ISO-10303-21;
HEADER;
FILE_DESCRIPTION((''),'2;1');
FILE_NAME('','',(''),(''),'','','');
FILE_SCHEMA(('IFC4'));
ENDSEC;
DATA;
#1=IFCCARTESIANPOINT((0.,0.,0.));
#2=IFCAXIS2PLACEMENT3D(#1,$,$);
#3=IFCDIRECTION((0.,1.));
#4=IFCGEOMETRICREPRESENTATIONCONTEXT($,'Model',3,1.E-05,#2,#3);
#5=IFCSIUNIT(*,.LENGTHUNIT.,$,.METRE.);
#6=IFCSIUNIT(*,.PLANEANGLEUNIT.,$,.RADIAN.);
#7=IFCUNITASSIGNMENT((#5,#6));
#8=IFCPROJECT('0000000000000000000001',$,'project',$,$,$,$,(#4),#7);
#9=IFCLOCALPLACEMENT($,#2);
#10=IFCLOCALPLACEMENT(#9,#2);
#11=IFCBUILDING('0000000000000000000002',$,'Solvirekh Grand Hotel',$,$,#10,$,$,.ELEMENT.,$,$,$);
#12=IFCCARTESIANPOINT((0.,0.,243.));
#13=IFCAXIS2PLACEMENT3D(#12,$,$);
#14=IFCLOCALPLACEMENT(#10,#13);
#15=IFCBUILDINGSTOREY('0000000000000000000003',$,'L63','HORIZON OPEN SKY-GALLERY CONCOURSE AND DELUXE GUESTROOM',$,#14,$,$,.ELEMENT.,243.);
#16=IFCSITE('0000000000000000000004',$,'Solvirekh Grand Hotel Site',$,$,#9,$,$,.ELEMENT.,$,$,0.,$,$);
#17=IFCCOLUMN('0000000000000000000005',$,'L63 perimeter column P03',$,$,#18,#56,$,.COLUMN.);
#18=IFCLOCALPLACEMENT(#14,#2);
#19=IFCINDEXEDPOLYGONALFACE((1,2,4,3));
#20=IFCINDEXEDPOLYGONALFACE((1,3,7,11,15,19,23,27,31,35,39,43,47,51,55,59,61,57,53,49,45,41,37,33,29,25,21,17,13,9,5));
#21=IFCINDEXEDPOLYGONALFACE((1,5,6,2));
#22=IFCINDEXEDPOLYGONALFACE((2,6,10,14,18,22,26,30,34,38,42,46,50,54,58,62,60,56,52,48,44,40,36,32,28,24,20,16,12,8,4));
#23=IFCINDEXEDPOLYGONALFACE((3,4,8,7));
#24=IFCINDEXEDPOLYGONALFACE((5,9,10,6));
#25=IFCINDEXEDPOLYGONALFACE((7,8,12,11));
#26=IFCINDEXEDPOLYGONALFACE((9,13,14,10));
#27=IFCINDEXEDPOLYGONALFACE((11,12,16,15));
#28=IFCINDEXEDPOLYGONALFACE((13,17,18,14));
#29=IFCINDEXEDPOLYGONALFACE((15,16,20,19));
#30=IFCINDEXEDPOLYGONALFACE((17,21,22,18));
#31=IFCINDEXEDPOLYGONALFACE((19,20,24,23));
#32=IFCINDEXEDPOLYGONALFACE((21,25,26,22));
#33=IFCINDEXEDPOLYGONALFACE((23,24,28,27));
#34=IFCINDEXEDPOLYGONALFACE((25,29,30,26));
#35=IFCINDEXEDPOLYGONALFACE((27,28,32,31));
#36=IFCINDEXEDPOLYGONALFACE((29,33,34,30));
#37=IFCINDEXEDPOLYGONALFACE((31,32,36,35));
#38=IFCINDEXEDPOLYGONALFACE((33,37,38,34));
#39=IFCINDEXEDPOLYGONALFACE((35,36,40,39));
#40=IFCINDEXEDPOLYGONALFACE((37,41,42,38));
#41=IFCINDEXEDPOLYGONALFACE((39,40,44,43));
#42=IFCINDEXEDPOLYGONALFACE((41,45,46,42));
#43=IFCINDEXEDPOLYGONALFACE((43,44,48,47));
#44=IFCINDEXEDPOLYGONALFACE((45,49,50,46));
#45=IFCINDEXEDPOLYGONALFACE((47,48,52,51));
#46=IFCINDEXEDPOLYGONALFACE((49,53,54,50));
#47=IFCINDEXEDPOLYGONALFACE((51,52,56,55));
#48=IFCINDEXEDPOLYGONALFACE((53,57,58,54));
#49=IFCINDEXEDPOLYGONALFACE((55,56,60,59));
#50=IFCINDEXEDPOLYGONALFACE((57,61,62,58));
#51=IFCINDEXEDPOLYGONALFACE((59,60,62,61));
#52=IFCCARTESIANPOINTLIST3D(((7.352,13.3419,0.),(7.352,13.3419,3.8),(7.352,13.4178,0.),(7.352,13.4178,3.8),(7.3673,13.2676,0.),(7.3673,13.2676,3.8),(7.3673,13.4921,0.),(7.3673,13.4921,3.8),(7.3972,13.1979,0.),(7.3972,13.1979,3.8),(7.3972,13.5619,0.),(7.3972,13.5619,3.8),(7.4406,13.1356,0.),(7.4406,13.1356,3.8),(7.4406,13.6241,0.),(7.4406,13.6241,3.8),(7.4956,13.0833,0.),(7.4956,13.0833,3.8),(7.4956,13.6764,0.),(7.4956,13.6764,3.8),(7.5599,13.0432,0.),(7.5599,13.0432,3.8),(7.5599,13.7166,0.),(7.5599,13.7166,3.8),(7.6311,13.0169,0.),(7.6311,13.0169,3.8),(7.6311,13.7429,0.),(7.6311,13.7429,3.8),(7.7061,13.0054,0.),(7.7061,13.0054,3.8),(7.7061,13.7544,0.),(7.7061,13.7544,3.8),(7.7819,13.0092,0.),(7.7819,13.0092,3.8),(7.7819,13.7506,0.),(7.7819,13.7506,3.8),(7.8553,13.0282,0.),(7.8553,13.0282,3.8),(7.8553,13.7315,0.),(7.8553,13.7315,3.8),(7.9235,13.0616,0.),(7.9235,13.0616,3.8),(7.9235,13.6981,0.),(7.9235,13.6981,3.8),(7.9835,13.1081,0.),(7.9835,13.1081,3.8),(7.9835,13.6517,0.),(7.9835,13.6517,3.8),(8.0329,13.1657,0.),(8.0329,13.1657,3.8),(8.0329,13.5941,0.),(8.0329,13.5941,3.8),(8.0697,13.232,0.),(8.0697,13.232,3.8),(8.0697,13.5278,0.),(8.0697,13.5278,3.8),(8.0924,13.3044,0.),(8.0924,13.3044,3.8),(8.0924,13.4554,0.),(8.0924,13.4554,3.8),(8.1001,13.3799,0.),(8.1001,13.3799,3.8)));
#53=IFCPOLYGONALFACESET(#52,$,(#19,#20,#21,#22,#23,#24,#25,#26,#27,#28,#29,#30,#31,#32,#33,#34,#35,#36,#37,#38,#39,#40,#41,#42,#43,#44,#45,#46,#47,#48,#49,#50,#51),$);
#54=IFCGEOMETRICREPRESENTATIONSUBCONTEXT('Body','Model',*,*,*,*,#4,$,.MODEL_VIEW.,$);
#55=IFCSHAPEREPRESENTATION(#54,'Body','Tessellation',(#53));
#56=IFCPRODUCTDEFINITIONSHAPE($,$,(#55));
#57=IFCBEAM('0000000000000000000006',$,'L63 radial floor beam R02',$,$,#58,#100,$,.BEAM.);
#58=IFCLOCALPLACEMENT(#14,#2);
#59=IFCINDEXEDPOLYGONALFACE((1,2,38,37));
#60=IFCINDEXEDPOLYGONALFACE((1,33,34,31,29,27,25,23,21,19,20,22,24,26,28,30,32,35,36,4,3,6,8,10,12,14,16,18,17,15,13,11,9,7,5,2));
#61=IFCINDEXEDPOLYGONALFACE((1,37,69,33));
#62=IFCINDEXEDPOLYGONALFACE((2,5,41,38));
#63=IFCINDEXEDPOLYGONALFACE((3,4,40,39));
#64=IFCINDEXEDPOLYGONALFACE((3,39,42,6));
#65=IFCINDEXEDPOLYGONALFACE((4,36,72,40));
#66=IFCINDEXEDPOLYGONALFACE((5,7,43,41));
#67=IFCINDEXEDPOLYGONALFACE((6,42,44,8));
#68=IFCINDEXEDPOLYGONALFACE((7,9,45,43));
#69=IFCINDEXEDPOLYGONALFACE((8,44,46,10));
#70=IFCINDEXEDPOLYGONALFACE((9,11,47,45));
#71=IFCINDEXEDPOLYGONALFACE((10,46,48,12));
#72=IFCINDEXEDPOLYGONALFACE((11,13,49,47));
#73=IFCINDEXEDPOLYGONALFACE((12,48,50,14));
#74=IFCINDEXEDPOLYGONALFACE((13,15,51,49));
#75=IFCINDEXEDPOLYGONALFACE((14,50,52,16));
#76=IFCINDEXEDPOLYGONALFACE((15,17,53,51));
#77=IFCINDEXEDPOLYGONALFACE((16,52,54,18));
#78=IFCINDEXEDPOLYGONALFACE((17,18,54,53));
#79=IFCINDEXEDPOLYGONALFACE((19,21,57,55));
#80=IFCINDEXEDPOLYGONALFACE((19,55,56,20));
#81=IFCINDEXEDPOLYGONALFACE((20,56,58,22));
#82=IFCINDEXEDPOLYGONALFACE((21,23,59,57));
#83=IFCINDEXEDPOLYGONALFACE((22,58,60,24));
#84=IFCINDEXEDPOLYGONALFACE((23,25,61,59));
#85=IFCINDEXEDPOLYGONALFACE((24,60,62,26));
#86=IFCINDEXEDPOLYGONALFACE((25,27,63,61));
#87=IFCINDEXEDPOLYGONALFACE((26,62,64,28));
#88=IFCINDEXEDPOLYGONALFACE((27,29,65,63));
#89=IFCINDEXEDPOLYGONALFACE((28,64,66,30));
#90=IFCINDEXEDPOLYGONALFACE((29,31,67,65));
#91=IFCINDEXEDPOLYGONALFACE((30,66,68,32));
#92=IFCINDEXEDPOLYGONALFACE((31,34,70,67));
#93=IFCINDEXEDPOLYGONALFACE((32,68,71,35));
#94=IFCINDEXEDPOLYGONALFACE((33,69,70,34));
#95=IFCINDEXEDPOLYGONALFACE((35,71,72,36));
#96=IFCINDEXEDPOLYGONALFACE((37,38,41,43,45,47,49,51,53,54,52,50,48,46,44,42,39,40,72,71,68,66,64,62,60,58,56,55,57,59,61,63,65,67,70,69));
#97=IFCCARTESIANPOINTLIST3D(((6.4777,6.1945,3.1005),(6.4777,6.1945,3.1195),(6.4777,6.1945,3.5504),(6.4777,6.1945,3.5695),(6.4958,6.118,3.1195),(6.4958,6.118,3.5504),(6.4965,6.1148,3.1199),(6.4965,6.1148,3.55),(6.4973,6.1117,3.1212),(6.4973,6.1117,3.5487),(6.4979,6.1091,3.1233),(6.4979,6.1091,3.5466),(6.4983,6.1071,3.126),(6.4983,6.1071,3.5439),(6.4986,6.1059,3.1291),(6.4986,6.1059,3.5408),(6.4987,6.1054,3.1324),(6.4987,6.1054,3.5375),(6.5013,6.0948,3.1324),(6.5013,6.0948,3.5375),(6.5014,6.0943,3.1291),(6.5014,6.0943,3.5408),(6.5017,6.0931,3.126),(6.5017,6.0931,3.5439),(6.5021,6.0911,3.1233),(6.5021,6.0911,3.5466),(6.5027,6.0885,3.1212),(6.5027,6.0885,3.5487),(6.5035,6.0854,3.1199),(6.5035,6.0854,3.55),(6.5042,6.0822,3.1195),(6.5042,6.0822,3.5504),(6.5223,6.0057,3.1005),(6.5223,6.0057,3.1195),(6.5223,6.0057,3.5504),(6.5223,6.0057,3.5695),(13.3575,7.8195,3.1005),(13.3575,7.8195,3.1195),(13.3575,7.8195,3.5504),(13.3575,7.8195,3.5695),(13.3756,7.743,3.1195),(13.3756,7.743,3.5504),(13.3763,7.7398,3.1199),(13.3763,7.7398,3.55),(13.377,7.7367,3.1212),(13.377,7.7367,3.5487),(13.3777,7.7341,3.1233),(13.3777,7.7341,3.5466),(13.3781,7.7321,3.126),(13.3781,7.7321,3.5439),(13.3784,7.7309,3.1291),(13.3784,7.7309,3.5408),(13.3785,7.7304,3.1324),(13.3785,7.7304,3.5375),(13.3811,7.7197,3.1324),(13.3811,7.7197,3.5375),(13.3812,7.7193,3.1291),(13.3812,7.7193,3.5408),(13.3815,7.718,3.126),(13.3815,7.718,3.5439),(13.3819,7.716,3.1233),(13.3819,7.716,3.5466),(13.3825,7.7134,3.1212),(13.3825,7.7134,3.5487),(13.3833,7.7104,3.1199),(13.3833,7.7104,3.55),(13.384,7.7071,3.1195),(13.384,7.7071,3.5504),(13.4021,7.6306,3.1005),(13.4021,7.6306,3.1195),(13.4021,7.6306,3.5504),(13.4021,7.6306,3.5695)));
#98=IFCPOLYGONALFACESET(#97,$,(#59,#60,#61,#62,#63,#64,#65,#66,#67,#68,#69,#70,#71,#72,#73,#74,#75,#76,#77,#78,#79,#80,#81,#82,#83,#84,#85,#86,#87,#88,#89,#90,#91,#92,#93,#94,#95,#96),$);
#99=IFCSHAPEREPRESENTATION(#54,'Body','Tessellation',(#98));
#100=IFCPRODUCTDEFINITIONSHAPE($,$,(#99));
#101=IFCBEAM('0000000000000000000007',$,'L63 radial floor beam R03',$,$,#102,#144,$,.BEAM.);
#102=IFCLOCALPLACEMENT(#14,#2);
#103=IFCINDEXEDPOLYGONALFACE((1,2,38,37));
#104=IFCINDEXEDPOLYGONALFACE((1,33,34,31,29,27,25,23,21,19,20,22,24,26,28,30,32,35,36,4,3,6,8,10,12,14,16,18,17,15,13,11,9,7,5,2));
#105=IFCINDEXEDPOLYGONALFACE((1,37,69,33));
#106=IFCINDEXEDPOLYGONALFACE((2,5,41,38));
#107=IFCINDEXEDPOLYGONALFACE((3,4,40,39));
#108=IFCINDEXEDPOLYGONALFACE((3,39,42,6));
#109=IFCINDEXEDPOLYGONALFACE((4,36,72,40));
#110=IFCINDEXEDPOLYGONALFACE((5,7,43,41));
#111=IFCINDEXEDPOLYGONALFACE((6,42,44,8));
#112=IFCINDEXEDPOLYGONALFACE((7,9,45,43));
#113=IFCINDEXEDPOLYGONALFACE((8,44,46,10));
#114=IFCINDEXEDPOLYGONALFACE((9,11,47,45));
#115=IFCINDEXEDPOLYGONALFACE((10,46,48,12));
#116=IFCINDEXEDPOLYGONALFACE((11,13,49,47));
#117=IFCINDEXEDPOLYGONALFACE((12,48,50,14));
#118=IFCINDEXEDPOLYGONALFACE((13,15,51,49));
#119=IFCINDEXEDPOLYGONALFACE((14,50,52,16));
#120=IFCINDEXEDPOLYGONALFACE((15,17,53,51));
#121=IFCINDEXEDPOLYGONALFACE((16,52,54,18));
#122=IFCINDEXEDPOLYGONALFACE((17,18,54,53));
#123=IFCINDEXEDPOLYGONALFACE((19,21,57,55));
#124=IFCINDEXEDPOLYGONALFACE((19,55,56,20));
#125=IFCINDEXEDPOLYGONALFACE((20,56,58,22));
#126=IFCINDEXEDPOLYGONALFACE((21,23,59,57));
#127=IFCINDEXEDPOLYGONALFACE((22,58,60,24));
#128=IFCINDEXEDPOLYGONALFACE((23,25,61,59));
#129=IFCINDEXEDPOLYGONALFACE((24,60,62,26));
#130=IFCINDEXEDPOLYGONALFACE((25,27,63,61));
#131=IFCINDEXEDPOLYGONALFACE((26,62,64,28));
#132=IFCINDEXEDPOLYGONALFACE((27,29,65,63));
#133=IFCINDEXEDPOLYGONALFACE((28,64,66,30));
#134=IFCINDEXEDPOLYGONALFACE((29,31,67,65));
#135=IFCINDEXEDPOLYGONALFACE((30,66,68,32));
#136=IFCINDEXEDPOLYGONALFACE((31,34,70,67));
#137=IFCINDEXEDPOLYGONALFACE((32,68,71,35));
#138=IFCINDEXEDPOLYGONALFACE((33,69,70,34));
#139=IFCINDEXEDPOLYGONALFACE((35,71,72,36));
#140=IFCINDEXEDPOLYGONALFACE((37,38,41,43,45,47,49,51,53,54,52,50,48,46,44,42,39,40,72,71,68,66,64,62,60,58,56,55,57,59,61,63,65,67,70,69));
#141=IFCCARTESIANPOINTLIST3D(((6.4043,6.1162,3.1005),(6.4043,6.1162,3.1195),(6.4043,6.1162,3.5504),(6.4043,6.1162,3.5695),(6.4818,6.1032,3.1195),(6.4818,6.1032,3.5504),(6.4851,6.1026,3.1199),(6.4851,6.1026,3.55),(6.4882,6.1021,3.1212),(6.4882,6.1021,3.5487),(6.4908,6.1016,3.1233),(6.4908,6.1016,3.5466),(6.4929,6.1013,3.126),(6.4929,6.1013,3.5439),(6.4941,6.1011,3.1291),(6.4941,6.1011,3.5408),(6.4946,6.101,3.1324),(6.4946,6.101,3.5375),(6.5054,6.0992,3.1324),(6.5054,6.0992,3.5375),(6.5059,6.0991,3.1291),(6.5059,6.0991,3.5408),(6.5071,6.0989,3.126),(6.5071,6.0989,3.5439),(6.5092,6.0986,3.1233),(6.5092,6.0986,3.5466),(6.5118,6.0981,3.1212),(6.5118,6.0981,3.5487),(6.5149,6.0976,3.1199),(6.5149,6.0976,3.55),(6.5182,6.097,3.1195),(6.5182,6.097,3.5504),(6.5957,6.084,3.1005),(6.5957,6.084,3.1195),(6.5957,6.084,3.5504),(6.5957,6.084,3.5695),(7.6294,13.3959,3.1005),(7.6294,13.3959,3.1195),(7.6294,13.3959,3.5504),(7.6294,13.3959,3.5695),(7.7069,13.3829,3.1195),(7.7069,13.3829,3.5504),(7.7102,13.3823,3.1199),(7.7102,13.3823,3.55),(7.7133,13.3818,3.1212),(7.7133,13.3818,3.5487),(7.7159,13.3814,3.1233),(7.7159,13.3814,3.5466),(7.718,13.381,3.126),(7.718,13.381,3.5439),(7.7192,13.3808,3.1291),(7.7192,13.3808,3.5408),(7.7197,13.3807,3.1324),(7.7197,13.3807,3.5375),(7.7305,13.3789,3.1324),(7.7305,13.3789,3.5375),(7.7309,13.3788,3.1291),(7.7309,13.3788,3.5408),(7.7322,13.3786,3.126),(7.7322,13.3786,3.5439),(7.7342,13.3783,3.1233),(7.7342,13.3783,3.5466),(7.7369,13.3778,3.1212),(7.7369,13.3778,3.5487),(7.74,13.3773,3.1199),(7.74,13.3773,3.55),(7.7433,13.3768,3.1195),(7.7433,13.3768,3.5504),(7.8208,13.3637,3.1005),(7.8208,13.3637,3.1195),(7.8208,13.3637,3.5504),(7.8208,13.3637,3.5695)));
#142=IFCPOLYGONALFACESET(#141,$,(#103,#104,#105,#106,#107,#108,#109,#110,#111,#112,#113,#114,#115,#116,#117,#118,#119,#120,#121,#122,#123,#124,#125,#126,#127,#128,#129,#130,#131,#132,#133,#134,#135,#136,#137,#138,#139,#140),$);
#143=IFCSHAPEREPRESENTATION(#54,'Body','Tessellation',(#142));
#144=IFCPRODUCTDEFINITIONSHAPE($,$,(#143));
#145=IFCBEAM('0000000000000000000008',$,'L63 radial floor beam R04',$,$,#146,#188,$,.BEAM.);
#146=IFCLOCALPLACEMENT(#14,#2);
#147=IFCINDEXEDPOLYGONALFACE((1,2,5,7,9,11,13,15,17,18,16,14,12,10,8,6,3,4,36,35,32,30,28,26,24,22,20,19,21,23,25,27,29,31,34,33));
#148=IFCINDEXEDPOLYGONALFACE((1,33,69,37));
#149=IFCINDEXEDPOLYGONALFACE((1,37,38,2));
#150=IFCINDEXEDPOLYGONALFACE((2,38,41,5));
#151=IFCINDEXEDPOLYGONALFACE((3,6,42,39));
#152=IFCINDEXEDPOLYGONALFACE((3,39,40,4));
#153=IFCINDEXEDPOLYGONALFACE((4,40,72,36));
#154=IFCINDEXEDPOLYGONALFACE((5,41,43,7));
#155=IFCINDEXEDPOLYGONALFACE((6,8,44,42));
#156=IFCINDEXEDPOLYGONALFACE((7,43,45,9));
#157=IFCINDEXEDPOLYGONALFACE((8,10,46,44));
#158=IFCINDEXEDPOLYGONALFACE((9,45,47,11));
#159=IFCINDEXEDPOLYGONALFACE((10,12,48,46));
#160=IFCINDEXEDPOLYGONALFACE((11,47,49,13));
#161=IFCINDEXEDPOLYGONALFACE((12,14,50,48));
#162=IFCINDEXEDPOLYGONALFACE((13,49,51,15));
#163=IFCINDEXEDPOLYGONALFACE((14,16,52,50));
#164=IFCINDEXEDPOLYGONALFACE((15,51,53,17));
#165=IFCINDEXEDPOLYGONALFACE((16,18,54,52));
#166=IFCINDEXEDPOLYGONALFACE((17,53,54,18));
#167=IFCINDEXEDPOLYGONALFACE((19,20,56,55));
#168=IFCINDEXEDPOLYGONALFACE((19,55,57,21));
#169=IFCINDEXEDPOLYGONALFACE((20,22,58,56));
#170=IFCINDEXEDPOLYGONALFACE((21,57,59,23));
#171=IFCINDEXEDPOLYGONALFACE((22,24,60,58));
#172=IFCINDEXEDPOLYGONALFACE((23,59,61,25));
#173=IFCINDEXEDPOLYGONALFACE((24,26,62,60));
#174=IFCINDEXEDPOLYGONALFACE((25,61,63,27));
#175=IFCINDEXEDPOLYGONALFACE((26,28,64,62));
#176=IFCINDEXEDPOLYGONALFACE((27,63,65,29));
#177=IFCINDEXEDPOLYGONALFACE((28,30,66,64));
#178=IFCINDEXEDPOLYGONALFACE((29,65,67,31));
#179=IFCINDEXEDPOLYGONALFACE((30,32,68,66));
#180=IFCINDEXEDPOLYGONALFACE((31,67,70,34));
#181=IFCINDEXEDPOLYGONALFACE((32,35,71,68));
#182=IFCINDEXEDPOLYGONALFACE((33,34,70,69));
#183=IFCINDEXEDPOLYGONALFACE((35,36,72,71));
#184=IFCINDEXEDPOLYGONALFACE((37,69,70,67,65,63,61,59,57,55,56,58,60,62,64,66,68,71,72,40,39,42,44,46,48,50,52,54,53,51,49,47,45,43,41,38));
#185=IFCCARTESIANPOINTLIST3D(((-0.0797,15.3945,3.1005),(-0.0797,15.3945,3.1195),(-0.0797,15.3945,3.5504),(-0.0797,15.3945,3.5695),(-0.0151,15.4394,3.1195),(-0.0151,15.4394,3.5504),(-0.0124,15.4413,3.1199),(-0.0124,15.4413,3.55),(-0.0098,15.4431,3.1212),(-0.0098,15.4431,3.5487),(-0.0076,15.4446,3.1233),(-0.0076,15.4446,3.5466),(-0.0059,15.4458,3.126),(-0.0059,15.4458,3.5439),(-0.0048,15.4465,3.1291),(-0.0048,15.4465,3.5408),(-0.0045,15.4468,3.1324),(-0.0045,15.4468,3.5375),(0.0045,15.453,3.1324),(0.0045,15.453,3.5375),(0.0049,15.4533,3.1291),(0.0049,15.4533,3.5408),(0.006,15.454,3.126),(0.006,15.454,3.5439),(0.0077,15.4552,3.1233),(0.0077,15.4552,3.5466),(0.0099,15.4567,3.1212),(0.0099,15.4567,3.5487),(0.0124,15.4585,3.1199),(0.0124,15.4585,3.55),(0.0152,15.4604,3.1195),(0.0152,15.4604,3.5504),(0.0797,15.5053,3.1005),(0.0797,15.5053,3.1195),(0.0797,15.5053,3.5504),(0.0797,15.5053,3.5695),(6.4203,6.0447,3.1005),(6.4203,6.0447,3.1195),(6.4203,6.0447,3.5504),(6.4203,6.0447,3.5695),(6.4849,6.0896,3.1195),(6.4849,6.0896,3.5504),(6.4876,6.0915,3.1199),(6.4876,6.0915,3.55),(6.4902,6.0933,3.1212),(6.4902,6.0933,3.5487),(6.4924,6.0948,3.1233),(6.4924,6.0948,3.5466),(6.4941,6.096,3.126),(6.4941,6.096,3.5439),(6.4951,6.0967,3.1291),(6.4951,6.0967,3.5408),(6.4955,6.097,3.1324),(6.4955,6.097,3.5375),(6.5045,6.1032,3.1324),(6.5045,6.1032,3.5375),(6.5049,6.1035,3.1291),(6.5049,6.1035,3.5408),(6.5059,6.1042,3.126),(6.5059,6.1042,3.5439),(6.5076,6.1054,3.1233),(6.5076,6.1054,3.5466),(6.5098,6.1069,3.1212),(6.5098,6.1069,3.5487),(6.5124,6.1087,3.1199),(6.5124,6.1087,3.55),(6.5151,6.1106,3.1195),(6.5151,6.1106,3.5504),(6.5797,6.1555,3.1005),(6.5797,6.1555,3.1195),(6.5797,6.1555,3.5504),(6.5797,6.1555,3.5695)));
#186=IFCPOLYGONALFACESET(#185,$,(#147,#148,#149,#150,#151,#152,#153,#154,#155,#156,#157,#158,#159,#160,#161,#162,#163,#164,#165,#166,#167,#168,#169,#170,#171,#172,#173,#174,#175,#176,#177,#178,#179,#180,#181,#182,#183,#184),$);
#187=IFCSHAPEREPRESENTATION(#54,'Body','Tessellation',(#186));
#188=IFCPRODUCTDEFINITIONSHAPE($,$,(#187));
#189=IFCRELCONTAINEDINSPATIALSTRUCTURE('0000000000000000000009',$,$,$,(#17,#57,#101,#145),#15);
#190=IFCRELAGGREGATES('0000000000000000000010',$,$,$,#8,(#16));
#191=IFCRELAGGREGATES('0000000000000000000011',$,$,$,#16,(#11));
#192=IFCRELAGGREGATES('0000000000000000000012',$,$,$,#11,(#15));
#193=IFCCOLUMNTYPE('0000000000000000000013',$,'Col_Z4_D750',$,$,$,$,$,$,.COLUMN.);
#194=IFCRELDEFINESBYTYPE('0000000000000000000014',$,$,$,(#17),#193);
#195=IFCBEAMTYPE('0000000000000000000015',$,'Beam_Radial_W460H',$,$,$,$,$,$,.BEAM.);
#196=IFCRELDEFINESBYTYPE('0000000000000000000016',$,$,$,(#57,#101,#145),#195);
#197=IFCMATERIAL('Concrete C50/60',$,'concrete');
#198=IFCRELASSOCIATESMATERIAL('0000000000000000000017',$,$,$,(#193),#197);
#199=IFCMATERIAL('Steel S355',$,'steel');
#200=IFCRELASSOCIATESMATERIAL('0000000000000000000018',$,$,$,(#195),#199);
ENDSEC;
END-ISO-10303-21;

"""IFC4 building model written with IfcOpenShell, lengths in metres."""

from ifc_helpers import new_model, si_unit, direction, frame, origin, origin_2d, place, context, subcontext, project, spatial, circle, i_section, extrude, material, material_profile, profile_set, type_object, element, save


model = new_model("IFC4")

# Units and contexts
model_context = context("Model", 3, precision=1e-05, world=origin(), true_north=direction((0.0, 1.0)))
body_context = subcontext(model_context, "Body", "Model", "MODEL_VIEW")
ifc_project = project(units=[si_unit("LENGTHUNIT", "METRE"), si_unit("PLANEANGLEUNIT", "RADIAN")], contexts=[model_context])

# Site, building, storey
site_placement = place(None, origin())
site = spatial("IfcSite", under=ifc_project, at=site_placement, Name="Solvirekh Grand Hotel Site", CompositionType="ELEMENT", RefElevation=0.0)
building_placement = place(site_placement, origin())
building = spatial("IfcBuilding", under=site, at=building_placement, Name="Solvirekh Grand Hotel", CompositionType="ELEMENT")
storey_placement = place(building_placement, frame((0.0, 0.0, 243.0)))
storey = spatial("IfcBuildingStorey", under=building, at=storey_placement, Name="L63", Description="HORIZON OPEN SKY-GALLERY CONCOURSE AND DELUXE GUESTROOM", CompositionType="ELEMENT", Elevation=243.0)

# Column
ifc_material_1 = material(Name="Concrete C50/60", Category="concrete")
ifc_material_profile_1 = material_profile(ifc_material_1, circle(Radius=0.375, at=origin_2d()), Name="RC CIRC D750")
ifc_profile_set_1 = profile_set([ifc_material_profile_1], Name="Concrete C50/60")
column_type = type_object("IfcColumnType", Name="Col_Z4_D750", PredefinedType="COLUMN", material=ifc_profile_set_1)
column_placement = place(storey_placement, frame((7.7251, 13.3799, 0.0), z_axis=(0.0, 0.0, 1.0), x_axis=(1.0, 0.0, 0.0)))
element("IfcColumn", 1, at=column_placement, inside=storey, type_object=column_type, Name="L63 perimeter column P03", PredefinedType="COLUMN", context=body_context, shape_type="SweptSolid", body=[
    extrude(circle(Radius=0.375, at=origin_2d()), origin(), (0.0, 0.0, 1.0), 3.8),
])

# Beams
ifc_material_2 = material(Name="Steel S355", Category="steel")
ifc_material_profile_2 = material_profile(ifc_material_2, i_section(OverallWidth=0.1941, OverallDepth=0.469, WebThickness=0.011, FlangeThickness=0.019, FilletRadius=0.0129, at=origin_2d()), Name="W460X106")
ifc_profile_set_2 = profile_set([ifc_material_profile_2], Name="Steel S355")
beam_type_1 = type_object("IfcBeamType", Name="Beam_Radial_W460H", PredefinedType="BEAM", material=ifc_profile_set_2)
beam_1_placement = place(storey_placement, frame((6.5, 6.1001, 3.335), z_axis=(0.973221, 0.229871, 0.0), x_axis=(-0.229871, 0.973221, 0.0)))
element("IfcBeam", 2, at=beam_1_placement, inside=storey, type_object=beam_type_1, Name="L63 radial floor beam R02", PredefinedType="BEAM", context=body_context, shape_type="SweptSolid", body=[
    extrude(i_section(OverallWidth=0.1941, OverallDepth=0.469, WebThickness=0.011, FlangeThickness=0.019, FilletRadius=0.0129, at=origin_2d()), origin(), (0.0, 0.0, 1.0), 7.0691),
])
beam_2_placement = place(storey_placement, frame((6.5, 6.1001, 3.335), z_axis=(0.165954, 0.986133, 0.0), x_axis=(-0.986133, 0.165954, 0.0)))
element("IfcBeam", 3, at=beam_2_placement, inside=storey, type_object=beam_type_1, Name="L63 radial floor beam R03", PredefinedType="BEAM", context=body_context, shape_type="SweptSolid", body=[
    extrude(i_section(OverallWidth=0.1941, OverallDepth=0.469, WebThickness=0.011, FlangeThickness=0.019, FilletRadius=0.0129, at=origin_2d()), origin(), (0.0, 0.0, 1.0), 7.3821),
])
beam_3_placement = place(storey_placement, frame((6.5, 6.1001, 3.335), z_axis=(-0.570813, 0.82108, 0.0), x_axis=(-0.82108, -0.570813, 0.0)))
element("IfcBeam", 4, at=beam_3_placement, inside=storey, type_object=beam_type_1, Name="L63 radial floor beam R04", PredefinedType="BEAM", context=body_context, shape_type="SweptSolid", body=[
    extrude(i_section(OverallWidth=0.1941, OverallDepth=0.469, WebThickness=0.011, FlangeThickness=0.019, FilletRadius=0.0129, at=origin_2d()), origin(), (0.0, 0.0, 1.0), 11.3872),
])

save(model, "model.ifc")
